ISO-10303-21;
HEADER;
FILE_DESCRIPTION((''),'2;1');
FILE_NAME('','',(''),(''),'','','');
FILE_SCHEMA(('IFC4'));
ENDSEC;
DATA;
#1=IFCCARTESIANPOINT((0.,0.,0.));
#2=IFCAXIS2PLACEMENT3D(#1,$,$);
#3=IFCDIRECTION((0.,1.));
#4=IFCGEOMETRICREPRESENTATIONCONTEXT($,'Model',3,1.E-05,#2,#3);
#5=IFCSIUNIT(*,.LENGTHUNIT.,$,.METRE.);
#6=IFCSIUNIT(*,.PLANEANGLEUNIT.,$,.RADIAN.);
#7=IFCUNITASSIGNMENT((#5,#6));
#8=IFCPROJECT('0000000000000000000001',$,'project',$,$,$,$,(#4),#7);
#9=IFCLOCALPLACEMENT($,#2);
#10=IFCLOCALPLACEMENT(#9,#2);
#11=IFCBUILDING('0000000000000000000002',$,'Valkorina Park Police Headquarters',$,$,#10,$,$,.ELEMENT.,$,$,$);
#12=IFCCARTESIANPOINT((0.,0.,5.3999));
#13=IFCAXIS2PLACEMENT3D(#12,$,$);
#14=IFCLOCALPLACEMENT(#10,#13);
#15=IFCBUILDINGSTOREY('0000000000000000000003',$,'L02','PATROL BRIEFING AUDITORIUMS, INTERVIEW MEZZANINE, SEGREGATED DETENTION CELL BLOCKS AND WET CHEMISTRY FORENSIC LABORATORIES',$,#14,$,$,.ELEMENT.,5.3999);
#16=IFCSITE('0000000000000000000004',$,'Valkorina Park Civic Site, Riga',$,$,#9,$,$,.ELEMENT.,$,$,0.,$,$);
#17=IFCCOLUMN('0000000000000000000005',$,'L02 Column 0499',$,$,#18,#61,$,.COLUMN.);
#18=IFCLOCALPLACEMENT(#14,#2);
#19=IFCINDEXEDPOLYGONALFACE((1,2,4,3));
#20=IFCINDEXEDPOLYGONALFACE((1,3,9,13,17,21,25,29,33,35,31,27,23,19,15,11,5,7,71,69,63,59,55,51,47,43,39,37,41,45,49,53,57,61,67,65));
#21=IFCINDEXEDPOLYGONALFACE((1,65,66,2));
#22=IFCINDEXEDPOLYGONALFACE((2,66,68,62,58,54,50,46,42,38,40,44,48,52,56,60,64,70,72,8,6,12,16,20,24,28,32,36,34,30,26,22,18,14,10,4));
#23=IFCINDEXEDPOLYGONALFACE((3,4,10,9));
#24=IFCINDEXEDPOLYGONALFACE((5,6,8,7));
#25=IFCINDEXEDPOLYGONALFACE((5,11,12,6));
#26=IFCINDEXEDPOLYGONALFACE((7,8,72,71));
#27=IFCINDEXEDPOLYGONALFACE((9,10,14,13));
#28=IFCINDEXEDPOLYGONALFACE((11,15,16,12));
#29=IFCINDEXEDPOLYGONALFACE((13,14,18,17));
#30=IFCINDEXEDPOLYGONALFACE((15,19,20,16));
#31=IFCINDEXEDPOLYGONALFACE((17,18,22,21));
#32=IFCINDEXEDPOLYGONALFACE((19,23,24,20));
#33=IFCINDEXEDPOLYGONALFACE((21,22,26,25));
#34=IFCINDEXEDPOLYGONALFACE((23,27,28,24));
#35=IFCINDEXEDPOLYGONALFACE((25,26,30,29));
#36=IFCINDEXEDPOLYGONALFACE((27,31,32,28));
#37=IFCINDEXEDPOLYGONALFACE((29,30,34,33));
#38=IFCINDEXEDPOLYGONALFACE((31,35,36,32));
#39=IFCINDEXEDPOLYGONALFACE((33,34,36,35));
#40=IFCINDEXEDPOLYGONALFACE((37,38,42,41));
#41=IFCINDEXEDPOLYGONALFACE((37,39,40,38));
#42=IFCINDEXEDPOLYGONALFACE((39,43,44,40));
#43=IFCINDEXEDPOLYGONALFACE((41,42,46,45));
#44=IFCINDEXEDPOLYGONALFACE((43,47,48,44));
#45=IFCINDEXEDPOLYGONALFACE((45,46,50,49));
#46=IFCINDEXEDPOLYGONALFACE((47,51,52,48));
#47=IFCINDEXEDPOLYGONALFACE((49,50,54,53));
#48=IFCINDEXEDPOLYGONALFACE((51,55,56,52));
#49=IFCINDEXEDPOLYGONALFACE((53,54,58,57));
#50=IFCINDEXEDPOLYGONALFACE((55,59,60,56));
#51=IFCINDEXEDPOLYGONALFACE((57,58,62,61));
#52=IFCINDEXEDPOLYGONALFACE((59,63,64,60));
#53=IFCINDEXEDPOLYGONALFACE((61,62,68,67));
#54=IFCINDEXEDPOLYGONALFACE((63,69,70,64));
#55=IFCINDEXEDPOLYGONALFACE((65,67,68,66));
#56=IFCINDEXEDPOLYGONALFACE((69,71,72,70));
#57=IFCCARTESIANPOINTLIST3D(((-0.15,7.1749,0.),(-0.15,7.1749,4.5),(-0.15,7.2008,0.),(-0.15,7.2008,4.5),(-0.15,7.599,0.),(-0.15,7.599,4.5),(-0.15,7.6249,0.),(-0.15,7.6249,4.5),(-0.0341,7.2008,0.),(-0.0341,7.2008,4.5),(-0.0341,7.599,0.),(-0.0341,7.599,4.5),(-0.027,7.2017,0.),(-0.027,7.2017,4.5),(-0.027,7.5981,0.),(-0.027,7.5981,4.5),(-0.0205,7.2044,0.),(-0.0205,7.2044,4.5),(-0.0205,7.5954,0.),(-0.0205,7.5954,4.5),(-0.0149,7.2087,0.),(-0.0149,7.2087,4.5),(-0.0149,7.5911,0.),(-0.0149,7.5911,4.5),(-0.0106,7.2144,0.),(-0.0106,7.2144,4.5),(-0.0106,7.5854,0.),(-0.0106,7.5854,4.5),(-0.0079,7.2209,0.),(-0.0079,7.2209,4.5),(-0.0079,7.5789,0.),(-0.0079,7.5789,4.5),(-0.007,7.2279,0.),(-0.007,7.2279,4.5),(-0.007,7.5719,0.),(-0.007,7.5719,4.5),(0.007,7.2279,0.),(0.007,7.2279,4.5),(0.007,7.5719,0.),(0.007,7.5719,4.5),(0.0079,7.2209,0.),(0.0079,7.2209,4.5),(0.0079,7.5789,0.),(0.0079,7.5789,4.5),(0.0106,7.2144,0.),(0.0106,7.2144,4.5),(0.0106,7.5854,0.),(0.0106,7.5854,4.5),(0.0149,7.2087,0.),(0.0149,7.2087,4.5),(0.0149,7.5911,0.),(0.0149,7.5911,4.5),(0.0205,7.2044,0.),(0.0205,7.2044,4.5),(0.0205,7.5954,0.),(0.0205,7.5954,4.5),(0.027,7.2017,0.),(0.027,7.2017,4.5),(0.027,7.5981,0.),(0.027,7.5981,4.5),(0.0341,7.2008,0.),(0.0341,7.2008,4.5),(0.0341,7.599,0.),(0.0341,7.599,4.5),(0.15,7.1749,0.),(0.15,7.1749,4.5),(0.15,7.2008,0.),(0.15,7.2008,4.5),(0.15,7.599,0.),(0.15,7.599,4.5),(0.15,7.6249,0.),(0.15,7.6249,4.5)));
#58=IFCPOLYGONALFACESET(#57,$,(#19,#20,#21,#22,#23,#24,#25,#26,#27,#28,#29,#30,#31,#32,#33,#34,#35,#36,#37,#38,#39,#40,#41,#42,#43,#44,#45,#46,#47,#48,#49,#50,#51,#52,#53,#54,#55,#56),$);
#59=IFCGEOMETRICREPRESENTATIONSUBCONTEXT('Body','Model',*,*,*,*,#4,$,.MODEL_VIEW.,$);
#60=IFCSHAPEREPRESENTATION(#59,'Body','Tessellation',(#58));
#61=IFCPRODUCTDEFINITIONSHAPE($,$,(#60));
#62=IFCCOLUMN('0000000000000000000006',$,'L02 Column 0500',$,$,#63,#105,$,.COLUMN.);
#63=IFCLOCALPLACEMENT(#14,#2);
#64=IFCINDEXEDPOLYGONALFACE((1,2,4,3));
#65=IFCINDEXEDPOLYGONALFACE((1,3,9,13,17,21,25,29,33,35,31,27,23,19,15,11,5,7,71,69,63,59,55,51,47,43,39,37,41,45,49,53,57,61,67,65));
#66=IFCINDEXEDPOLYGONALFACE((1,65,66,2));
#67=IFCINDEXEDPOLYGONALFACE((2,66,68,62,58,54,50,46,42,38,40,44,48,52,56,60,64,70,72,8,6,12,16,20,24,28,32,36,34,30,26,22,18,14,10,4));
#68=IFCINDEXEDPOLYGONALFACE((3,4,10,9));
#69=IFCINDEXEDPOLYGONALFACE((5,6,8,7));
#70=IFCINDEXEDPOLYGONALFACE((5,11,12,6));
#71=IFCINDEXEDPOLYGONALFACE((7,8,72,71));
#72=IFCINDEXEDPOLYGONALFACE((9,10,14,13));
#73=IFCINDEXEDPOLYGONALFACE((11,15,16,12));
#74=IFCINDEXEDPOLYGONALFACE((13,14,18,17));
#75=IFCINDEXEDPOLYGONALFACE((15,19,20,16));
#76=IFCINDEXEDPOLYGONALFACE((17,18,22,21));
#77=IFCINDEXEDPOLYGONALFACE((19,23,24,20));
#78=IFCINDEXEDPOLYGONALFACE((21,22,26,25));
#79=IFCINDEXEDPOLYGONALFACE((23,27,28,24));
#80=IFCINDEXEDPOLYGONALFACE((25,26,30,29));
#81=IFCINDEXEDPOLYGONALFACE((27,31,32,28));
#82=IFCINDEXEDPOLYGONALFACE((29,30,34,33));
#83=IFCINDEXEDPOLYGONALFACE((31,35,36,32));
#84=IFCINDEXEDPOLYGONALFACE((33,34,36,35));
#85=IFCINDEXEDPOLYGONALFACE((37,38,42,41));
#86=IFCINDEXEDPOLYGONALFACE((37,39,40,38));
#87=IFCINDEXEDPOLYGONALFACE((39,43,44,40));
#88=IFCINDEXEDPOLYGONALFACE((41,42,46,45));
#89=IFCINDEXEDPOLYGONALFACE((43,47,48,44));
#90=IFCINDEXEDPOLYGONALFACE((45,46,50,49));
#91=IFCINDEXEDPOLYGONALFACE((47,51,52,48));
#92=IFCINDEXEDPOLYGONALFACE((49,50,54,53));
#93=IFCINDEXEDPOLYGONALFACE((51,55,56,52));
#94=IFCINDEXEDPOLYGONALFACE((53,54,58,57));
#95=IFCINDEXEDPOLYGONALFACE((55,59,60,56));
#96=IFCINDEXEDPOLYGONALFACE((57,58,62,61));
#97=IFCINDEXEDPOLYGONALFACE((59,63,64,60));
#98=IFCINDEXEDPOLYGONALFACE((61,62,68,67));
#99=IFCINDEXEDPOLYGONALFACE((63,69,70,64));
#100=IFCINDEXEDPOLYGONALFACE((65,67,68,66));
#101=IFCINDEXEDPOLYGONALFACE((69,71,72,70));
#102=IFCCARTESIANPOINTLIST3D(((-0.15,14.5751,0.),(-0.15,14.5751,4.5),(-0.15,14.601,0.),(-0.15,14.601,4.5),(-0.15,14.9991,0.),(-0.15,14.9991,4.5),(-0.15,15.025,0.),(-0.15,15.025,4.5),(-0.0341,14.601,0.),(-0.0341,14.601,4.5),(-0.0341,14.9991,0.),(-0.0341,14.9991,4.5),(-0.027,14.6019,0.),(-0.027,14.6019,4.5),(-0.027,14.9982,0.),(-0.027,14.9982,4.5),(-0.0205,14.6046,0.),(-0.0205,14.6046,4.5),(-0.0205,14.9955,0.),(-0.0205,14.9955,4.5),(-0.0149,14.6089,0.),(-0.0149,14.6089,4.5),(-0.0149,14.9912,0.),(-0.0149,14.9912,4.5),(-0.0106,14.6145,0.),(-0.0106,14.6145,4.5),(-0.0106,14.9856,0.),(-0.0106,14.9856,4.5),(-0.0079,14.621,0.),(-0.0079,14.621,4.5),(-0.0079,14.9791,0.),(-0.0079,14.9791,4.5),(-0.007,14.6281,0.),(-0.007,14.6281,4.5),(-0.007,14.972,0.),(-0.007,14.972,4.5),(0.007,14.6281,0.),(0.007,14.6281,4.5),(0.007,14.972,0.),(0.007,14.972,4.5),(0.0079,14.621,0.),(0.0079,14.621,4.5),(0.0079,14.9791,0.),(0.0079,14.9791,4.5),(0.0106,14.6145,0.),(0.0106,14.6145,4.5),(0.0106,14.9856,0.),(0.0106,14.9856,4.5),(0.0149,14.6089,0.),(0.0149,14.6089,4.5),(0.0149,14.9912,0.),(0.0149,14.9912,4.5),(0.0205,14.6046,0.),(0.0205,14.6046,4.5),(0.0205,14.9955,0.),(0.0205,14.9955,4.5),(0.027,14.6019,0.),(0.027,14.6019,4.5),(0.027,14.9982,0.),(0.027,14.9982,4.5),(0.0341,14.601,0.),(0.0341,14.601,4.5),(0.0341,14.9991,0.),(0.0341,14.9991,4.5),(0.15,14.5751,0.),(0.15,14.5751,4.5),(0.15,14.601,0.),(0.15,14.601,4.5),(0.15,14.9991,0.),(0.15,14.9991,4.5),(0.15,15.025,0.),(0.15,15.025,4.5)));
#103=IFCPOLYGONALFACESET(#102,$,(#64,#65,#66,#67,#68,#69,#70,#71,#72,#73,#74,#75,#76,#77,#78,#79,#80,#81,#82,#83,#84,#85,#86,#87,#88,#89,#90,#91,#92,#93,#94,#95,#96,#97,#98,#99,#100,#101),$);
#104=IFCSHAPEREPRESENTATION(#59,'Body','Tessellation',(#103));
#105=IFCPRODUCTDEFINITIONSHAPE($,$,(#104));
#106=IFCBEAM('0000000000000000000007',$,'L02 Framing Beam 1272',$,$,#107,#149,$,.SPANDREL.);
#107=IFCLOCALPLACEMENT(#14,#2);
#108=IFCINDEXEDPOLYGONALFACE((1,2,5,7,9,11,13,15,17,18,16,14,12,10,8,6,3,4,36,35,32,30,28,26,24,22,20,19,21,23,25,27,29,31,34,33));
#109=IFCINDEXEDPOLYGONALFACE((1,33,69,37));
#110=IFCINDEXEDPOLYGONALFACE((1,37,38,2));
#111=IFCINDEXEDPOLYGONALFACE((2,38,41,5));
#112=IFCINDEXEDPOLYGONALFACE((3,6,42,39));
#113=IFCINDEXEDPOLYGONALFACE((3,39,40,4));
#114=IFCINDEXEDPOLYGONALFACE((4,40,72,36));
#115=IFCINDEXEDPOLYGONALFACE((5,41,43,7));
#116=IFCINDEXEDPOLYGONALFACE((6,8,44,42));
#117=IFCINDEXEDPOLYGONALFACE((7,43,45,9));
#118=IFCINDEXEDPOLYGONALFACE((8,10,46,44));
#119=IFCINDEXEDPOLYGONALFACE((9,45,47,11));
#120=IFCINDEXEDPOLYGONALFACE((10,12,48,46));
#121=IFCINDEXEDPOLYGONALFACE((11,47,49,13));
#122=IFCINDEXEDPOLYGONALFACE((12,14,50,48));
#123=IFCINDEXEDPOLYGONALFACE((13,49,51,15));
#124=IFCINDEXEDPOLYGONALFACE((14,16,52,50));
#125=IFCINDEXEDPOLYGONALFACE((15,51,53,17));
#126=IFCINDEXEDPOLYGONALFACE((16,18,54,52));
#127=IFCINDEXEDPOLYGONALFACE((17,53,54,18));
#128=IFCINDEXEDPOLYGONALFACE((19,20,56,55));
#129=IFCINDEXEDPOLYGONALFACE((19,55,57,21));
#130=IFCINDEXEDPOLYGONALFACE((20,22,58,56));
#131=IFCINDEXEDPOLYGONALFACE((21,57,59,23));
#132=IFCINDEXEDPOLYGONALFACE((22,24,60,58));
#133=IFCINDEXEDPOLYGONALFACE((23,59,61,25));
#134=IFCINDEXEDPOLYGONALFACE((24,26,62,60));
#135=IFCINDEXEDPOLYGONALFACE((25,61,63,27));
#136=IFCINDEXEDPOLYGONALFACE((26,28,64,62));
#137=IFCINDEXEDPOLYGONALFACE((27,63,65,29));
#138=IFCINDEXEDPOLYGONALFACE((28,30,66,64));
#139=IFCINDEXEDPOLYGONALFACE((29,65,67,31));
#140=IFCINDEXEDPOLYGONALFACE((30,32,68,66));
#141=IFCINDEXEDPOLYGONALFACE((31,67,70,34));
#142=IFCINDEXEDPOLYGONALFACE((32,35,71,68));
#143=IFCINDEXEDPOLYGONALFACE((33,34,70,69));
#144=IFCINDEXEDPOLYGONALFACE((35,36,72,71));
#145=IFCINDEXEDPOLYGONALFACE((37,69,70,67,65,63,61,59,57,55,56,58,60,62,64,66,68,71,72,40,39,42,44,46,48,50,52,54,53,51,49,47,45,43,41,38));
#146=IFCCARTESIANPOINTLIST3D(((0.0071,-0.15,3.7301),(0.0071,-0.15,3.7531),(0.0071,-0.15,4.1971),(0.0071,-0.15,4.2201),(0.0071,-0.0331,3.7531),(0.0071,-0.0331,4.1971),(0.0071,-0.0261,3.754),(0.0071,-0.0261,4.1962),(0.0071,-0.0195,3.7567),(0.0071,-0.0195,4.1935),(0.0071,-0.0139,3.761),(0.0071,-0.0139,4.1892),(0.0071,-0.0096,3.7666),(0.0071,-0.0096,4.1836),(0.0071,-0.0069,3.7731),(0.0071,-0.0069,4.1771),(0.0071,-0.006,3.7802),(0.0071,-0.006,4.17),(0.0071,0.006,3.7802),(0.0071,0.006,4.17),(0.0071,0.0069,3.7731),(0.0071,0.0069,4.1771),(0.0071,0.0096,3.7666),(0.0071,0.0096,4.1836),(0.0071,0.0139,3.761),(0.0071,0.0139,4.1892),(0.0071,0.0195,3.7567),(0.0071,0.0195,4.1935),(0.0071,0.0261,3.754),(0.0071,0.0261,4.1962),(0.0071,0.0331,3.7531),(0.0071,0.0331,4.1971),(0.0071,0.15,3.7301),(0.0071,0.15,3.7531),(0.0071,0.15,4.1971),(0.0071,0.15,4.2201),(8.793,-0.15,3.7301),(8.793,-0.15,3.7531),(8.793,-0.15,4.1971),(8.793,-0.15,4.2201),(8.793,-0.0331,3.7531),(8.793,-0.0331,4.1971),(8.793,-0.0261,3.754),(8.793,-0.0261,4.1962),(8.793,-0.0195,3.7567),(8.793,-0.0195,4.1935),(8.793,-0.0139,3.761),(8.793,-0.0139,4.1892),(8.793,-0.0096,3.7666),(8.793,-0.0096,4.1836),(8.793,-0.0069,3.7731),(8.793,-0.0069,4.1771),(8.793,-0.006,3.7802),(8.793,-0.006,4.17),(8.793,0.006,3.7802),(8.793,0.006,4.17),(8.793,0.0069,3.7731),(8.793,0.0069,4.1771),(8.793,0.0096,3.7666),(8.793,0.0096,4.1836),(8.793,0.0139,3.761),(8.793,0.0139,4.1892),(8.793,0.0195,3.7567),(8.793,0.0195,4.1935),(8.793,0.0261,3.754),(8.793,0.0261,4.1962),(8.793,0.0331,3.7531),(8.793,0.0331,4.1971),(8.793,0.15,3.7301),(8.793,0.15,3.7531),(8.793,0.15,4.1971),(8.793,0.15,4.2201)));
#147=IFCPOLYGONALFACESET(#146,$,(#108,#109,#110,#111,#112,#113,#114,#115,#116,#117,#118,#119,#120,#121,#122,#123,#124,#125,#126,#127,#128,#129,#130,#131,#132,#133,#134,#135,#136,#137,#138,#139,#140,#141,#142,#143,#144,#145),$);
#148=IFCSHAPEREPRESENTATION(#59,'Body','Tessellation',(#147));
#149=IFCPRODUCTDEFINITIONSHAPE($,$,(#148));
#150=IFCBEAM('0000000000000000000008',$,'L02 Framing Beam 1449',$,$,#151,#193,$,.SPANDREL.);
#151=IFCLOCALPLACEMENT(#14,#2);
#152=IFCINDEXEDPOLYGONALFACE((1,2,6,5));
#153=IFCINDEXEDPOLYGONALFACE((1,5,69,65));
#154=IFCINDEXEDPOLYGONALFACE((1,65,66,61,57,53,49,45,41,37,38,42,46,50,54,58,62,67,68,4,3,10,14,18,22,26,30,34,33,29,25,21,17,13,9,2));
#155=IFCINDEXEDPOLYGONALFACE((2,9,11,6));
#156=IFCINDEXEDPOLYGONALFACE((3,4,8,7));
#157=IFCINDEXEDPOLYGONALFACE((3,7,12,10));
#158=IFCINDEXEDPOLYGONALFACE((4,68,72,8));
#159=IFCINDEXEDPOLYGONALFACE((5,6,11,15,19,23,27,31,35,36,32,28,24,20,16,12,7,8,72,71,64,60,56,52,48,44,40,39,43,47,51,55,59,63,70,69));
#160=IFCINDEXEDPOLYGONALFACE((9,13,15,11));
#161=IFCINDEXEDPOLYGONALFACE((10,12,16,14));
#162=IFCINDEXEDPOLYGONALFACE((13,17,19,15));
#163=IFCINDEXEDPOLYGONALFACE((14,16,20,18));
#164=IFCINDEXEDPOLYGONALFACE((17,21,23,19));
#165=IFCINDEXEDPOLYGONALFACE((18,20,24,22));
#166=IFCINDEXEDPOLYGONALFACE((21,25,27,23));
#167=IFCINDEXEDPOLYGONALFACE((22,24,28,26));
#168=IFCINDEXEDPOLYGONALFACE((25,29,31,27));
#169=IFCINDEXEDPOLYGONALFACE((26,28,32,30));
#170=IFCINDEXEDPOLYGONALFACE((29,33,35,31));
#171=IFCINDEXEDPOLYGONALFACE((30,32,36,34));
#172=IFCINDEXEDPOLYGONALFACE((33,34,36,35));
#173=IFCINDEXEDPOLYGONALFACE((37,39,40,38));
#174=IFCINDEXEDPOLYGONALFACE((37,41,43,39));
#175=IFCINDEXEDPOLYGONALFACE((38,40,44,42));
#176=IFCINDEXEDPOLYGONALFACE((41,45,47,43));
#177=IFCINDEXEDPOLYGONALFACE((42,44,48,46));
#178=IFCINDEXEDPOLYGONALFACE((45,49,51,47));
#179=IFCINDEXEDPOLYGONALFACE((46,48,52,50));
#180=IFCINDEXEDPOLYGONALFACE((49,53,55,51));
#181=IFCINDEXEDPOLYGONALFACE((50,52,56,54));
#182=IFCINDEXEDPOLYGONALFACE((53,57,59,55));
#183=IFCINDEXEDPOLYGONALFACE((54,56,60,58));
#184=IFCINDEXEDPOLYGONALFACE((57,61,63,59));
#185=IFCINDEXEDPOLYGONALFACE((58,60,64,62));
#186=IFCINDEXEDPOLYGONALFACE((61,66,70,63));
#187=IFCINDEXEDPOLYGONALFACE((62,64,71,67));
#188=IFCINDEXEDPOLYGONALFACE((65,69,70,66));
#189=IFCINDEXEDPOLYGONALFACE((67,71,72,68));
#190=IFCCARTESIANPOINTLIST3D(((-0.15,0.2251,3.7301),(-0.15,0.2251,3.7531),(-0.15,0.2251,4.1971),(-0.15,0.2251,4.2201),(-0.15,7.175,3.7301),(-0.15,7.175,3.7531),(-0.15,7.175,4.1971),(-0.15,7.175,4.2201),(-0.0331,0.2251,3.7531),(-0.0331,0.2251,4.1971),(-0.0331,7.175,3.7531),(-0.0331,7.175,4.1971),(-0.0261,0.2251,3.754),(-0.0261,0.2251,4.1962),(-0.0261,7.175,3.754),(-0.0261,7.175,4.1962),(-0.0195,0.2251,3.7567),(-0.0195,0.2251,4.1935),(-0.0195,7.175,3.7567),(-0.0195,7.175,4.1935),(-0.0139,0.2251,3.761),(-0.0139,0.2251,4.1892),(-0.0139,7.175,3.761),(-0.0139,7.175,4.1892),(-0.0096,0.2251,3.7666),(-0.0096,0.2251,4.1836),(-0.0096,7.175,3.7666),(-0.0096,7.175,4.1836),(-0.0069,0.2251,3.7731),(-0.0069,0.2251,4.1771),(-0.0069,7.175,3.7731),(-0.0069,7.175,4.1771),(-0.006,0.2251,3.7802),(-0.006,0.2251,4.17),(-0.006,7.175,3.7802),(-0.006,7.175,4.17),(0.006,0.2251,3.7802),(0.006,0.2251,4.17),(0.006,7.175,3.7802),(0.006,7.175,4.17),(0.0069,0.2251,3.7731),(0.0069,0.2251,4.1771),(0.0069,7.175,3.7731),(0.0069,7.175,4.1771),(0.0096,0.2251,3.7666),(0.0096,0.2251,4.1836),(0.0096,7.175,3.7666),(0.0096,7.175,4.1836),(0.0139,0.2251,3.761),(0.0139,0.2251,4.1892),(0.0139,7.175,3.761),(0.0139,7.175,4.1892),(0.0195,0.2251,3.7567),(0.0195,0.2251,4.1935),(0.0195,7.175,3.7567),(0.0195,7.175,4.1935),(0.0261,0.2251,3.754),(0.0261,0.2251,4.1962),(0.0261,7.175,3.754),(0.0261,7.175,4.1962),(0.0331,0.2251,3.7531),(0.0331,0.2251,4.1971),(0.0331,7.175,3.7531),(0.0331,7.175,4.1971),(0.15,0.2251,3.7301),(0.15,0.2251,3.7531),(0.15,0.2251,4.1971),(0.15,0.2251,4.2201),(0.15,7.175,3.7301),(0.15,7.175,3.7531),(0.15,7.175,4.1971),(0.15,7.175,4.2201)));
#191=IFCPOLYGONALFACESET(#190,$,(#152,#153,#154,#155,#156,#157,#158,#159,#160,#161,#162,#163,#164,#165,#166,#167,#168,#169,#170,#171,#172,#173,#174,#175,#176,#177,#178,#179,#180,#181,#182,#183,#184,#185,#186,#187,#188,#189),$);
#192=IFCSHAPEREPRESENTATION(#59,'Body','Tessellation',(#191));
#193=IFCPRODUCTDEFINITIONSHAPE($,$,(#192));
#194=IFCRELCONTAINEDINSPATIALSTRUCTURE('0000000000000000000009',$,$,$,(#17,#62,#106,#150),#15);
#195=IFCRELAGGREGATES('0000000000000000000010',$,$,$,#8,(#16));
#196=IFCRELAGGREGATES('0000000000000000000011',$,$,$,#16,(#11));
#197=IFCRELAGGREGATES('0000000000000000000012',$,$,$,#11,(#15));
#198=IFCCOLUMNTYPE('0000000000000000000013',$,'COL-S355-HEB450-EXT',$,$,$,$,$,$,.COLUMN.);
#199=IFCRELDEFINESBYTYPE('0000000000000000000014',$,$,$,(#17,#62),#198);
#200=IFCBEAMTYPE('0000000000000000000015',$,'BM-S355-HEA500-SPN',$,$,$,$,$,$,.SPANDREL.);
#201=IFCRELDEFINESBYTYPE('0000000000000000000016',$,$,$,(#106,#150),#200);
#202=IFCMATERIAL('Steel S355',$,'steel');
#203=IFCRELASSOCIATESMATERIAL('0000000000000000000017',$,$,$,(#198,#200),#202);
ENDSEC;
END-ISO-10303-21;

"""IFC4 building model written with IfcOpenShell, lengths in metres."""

from ifc_helpers import new_model, si_unit, direction, frame, origin, origin_2d, place, context, subcontext, project, spatial, i_section, extrude, material, material_profile, profile_set, type_object, element, save


model = new_model("IFC4")

# Units and contexts
model_context = context("Model", 3, precision=1e-05, world=origin(), true_north=direction((0.0, 1.0)))
body_context = subcontext(model_context, "Body", "Model", "MODEL_VIEW")
ifc_project = project(units=[si_unit("LENGTHUNIT", "METRE"), si_unit("PLANEANGLEUNIT", "RADIAN")], contexts=[model_context])

# Site, building, storey
site_placement = place(None, origin())
site = spatial("IfcSite", under=ifc_project, at=site_placement, Name="Valkorina Park Civic Site, Riga", CompositionType="ELEMENT", RefElevation=0.0)
building_placement = place(site_placement, origin())
building = spatial("IfcBuilding", under=site, at=building_placement, Name="Valkorina Park Police Headquarters", CompositionType="ELEMENT")
storey_placement = place(building_placement, frame((0.0, 0.0, 5.3999)))
storey = spatial("IfcBuildingStorey", under=building, at=storey_placement, Name="L02", Description="PATROL BRIEFING AUDITORIUMS, INTERVIEW MEZZANINE, SEGREGATED DETENTION CELL BLOCKS AND WET CHEMISTRY FORENSIC LABORATORIES", CompositionType="ELEMENT", Elevation=5.3999)

# Columns
ifc_material_1 = material(Name="Steel S355", Category="steel")
ifc_material_profile_1 = material_profile(ifc_material_1, i_section(OverallWidth=0.3, OverallDepth=0.45, WebThickness=0.0139, FlangeThickness=0.0259, FilletRadius=0.0271, at=origin_2d()), Name="HEB 450")
ifc_profile_set_1 = profile_set([ifc_material_profile_1], Name="Steel S355")
column_type = type_object("IfcColumnType", Name="COL-S355-HEB450-EXT", PredefinedType="COLUMN", material=ifc_profile_set_1)
for number, where, z_axis, x_axis, name in (
    (1, (0.0, 7.3999, 0.0), (0.0, 0.0, 1.0), (1.0, 0.0, 0.0), "L02 Column 0499"),
    (2, (0.0, 14.8, 0.0), (0.0, 0.0, 1.0), (1.0, 0.0, 0.0), "L02 Column 0500"),
):
    element("IfcColumn", number, at=place(storey_placement, frame(where, z_axis=z_axis, x_axis=x_axis)), inside=storey, type_object=column_type, Name=name, PredefinedType="COLUMN", context=body_context, shape_type="SweptSolid", body=[
        extrude(i_section(OverallWidth=0.3, OverallDepth=0.45, WebThickness=0.0139, FlangeThickness=0.0259, FilletRadius=0.0271, at=origin_2d()), origin(), (0.0, 0.0, 1.0), 4.5),
    ])

# Beams
ifc_material_profile_2 = material_profile(ifc_material_1, i_section(OverallWidth=0.3, OverallDepth=0.49, WebThickness=0.012, FlangeThickness=0.0229, FilletRadius=0.0271, at=origin_2d()), Name="HEA 500")
ifc_profile_set_2 = profile_set([ifc_material_profile_2], Name="Steel S355")
beam_type_1 = type_object("IfcBeamType", Name="BM-S355-HEA500-SPN", PredefinedType="SPANDREL", material=ifc_profile_set_2)
beam_placement = place(storey_placement, frame((0.0071, 0.0, 3.9751), z_axis=(1.0, 0.0, 0.0), x_axis=(0.0, 1.0, 0.0)))
element("IfcBeam", 3, at=beam_placement, inside=storey, type_object=beam_type_1, Name="L02 Framing Beam 1272", PredefinedType="SPANDREL", context=body_context, shape_type="SweptSolid", body=[
    extrude(i_section(OverallWidth=0.3, OverallDepth=0.49, WebThickness=0.012, FlangeThickness=0.0229, FilletRadius=0.0271, at=origin_2d()), origin(), (0.0, 0.0, 1.0), 8.7859),
])
for number, where, z_axis, x_axis, name in (
    (4, (0.0, 0.2251, 3.9751), (0.0, 1.0, 0.0), (-1.0, 0.0, 0.0), "L02 Framing Beam 1449"),
):
    element("IfcBeam", number, at=place(storey_placement, frame(where, z_axis=z_axis, x_axis=x_axis)), inside=storey, type_object=beam_type_1, Name=name, PredefinedType="SPANDREL", context=body_context, shape_type="SweptSolid", body=[
        extrude(i_section(OverallWidth=0.3, OverallDepth=0.49, WebThickness=0.012, FlangeThickness=0.0229, FilletRadius=0.0271, at=origin_2d()), origin(), (0.0, 0.0, 1.0), 6.95),
    ])

save(model, "model.ifc")
